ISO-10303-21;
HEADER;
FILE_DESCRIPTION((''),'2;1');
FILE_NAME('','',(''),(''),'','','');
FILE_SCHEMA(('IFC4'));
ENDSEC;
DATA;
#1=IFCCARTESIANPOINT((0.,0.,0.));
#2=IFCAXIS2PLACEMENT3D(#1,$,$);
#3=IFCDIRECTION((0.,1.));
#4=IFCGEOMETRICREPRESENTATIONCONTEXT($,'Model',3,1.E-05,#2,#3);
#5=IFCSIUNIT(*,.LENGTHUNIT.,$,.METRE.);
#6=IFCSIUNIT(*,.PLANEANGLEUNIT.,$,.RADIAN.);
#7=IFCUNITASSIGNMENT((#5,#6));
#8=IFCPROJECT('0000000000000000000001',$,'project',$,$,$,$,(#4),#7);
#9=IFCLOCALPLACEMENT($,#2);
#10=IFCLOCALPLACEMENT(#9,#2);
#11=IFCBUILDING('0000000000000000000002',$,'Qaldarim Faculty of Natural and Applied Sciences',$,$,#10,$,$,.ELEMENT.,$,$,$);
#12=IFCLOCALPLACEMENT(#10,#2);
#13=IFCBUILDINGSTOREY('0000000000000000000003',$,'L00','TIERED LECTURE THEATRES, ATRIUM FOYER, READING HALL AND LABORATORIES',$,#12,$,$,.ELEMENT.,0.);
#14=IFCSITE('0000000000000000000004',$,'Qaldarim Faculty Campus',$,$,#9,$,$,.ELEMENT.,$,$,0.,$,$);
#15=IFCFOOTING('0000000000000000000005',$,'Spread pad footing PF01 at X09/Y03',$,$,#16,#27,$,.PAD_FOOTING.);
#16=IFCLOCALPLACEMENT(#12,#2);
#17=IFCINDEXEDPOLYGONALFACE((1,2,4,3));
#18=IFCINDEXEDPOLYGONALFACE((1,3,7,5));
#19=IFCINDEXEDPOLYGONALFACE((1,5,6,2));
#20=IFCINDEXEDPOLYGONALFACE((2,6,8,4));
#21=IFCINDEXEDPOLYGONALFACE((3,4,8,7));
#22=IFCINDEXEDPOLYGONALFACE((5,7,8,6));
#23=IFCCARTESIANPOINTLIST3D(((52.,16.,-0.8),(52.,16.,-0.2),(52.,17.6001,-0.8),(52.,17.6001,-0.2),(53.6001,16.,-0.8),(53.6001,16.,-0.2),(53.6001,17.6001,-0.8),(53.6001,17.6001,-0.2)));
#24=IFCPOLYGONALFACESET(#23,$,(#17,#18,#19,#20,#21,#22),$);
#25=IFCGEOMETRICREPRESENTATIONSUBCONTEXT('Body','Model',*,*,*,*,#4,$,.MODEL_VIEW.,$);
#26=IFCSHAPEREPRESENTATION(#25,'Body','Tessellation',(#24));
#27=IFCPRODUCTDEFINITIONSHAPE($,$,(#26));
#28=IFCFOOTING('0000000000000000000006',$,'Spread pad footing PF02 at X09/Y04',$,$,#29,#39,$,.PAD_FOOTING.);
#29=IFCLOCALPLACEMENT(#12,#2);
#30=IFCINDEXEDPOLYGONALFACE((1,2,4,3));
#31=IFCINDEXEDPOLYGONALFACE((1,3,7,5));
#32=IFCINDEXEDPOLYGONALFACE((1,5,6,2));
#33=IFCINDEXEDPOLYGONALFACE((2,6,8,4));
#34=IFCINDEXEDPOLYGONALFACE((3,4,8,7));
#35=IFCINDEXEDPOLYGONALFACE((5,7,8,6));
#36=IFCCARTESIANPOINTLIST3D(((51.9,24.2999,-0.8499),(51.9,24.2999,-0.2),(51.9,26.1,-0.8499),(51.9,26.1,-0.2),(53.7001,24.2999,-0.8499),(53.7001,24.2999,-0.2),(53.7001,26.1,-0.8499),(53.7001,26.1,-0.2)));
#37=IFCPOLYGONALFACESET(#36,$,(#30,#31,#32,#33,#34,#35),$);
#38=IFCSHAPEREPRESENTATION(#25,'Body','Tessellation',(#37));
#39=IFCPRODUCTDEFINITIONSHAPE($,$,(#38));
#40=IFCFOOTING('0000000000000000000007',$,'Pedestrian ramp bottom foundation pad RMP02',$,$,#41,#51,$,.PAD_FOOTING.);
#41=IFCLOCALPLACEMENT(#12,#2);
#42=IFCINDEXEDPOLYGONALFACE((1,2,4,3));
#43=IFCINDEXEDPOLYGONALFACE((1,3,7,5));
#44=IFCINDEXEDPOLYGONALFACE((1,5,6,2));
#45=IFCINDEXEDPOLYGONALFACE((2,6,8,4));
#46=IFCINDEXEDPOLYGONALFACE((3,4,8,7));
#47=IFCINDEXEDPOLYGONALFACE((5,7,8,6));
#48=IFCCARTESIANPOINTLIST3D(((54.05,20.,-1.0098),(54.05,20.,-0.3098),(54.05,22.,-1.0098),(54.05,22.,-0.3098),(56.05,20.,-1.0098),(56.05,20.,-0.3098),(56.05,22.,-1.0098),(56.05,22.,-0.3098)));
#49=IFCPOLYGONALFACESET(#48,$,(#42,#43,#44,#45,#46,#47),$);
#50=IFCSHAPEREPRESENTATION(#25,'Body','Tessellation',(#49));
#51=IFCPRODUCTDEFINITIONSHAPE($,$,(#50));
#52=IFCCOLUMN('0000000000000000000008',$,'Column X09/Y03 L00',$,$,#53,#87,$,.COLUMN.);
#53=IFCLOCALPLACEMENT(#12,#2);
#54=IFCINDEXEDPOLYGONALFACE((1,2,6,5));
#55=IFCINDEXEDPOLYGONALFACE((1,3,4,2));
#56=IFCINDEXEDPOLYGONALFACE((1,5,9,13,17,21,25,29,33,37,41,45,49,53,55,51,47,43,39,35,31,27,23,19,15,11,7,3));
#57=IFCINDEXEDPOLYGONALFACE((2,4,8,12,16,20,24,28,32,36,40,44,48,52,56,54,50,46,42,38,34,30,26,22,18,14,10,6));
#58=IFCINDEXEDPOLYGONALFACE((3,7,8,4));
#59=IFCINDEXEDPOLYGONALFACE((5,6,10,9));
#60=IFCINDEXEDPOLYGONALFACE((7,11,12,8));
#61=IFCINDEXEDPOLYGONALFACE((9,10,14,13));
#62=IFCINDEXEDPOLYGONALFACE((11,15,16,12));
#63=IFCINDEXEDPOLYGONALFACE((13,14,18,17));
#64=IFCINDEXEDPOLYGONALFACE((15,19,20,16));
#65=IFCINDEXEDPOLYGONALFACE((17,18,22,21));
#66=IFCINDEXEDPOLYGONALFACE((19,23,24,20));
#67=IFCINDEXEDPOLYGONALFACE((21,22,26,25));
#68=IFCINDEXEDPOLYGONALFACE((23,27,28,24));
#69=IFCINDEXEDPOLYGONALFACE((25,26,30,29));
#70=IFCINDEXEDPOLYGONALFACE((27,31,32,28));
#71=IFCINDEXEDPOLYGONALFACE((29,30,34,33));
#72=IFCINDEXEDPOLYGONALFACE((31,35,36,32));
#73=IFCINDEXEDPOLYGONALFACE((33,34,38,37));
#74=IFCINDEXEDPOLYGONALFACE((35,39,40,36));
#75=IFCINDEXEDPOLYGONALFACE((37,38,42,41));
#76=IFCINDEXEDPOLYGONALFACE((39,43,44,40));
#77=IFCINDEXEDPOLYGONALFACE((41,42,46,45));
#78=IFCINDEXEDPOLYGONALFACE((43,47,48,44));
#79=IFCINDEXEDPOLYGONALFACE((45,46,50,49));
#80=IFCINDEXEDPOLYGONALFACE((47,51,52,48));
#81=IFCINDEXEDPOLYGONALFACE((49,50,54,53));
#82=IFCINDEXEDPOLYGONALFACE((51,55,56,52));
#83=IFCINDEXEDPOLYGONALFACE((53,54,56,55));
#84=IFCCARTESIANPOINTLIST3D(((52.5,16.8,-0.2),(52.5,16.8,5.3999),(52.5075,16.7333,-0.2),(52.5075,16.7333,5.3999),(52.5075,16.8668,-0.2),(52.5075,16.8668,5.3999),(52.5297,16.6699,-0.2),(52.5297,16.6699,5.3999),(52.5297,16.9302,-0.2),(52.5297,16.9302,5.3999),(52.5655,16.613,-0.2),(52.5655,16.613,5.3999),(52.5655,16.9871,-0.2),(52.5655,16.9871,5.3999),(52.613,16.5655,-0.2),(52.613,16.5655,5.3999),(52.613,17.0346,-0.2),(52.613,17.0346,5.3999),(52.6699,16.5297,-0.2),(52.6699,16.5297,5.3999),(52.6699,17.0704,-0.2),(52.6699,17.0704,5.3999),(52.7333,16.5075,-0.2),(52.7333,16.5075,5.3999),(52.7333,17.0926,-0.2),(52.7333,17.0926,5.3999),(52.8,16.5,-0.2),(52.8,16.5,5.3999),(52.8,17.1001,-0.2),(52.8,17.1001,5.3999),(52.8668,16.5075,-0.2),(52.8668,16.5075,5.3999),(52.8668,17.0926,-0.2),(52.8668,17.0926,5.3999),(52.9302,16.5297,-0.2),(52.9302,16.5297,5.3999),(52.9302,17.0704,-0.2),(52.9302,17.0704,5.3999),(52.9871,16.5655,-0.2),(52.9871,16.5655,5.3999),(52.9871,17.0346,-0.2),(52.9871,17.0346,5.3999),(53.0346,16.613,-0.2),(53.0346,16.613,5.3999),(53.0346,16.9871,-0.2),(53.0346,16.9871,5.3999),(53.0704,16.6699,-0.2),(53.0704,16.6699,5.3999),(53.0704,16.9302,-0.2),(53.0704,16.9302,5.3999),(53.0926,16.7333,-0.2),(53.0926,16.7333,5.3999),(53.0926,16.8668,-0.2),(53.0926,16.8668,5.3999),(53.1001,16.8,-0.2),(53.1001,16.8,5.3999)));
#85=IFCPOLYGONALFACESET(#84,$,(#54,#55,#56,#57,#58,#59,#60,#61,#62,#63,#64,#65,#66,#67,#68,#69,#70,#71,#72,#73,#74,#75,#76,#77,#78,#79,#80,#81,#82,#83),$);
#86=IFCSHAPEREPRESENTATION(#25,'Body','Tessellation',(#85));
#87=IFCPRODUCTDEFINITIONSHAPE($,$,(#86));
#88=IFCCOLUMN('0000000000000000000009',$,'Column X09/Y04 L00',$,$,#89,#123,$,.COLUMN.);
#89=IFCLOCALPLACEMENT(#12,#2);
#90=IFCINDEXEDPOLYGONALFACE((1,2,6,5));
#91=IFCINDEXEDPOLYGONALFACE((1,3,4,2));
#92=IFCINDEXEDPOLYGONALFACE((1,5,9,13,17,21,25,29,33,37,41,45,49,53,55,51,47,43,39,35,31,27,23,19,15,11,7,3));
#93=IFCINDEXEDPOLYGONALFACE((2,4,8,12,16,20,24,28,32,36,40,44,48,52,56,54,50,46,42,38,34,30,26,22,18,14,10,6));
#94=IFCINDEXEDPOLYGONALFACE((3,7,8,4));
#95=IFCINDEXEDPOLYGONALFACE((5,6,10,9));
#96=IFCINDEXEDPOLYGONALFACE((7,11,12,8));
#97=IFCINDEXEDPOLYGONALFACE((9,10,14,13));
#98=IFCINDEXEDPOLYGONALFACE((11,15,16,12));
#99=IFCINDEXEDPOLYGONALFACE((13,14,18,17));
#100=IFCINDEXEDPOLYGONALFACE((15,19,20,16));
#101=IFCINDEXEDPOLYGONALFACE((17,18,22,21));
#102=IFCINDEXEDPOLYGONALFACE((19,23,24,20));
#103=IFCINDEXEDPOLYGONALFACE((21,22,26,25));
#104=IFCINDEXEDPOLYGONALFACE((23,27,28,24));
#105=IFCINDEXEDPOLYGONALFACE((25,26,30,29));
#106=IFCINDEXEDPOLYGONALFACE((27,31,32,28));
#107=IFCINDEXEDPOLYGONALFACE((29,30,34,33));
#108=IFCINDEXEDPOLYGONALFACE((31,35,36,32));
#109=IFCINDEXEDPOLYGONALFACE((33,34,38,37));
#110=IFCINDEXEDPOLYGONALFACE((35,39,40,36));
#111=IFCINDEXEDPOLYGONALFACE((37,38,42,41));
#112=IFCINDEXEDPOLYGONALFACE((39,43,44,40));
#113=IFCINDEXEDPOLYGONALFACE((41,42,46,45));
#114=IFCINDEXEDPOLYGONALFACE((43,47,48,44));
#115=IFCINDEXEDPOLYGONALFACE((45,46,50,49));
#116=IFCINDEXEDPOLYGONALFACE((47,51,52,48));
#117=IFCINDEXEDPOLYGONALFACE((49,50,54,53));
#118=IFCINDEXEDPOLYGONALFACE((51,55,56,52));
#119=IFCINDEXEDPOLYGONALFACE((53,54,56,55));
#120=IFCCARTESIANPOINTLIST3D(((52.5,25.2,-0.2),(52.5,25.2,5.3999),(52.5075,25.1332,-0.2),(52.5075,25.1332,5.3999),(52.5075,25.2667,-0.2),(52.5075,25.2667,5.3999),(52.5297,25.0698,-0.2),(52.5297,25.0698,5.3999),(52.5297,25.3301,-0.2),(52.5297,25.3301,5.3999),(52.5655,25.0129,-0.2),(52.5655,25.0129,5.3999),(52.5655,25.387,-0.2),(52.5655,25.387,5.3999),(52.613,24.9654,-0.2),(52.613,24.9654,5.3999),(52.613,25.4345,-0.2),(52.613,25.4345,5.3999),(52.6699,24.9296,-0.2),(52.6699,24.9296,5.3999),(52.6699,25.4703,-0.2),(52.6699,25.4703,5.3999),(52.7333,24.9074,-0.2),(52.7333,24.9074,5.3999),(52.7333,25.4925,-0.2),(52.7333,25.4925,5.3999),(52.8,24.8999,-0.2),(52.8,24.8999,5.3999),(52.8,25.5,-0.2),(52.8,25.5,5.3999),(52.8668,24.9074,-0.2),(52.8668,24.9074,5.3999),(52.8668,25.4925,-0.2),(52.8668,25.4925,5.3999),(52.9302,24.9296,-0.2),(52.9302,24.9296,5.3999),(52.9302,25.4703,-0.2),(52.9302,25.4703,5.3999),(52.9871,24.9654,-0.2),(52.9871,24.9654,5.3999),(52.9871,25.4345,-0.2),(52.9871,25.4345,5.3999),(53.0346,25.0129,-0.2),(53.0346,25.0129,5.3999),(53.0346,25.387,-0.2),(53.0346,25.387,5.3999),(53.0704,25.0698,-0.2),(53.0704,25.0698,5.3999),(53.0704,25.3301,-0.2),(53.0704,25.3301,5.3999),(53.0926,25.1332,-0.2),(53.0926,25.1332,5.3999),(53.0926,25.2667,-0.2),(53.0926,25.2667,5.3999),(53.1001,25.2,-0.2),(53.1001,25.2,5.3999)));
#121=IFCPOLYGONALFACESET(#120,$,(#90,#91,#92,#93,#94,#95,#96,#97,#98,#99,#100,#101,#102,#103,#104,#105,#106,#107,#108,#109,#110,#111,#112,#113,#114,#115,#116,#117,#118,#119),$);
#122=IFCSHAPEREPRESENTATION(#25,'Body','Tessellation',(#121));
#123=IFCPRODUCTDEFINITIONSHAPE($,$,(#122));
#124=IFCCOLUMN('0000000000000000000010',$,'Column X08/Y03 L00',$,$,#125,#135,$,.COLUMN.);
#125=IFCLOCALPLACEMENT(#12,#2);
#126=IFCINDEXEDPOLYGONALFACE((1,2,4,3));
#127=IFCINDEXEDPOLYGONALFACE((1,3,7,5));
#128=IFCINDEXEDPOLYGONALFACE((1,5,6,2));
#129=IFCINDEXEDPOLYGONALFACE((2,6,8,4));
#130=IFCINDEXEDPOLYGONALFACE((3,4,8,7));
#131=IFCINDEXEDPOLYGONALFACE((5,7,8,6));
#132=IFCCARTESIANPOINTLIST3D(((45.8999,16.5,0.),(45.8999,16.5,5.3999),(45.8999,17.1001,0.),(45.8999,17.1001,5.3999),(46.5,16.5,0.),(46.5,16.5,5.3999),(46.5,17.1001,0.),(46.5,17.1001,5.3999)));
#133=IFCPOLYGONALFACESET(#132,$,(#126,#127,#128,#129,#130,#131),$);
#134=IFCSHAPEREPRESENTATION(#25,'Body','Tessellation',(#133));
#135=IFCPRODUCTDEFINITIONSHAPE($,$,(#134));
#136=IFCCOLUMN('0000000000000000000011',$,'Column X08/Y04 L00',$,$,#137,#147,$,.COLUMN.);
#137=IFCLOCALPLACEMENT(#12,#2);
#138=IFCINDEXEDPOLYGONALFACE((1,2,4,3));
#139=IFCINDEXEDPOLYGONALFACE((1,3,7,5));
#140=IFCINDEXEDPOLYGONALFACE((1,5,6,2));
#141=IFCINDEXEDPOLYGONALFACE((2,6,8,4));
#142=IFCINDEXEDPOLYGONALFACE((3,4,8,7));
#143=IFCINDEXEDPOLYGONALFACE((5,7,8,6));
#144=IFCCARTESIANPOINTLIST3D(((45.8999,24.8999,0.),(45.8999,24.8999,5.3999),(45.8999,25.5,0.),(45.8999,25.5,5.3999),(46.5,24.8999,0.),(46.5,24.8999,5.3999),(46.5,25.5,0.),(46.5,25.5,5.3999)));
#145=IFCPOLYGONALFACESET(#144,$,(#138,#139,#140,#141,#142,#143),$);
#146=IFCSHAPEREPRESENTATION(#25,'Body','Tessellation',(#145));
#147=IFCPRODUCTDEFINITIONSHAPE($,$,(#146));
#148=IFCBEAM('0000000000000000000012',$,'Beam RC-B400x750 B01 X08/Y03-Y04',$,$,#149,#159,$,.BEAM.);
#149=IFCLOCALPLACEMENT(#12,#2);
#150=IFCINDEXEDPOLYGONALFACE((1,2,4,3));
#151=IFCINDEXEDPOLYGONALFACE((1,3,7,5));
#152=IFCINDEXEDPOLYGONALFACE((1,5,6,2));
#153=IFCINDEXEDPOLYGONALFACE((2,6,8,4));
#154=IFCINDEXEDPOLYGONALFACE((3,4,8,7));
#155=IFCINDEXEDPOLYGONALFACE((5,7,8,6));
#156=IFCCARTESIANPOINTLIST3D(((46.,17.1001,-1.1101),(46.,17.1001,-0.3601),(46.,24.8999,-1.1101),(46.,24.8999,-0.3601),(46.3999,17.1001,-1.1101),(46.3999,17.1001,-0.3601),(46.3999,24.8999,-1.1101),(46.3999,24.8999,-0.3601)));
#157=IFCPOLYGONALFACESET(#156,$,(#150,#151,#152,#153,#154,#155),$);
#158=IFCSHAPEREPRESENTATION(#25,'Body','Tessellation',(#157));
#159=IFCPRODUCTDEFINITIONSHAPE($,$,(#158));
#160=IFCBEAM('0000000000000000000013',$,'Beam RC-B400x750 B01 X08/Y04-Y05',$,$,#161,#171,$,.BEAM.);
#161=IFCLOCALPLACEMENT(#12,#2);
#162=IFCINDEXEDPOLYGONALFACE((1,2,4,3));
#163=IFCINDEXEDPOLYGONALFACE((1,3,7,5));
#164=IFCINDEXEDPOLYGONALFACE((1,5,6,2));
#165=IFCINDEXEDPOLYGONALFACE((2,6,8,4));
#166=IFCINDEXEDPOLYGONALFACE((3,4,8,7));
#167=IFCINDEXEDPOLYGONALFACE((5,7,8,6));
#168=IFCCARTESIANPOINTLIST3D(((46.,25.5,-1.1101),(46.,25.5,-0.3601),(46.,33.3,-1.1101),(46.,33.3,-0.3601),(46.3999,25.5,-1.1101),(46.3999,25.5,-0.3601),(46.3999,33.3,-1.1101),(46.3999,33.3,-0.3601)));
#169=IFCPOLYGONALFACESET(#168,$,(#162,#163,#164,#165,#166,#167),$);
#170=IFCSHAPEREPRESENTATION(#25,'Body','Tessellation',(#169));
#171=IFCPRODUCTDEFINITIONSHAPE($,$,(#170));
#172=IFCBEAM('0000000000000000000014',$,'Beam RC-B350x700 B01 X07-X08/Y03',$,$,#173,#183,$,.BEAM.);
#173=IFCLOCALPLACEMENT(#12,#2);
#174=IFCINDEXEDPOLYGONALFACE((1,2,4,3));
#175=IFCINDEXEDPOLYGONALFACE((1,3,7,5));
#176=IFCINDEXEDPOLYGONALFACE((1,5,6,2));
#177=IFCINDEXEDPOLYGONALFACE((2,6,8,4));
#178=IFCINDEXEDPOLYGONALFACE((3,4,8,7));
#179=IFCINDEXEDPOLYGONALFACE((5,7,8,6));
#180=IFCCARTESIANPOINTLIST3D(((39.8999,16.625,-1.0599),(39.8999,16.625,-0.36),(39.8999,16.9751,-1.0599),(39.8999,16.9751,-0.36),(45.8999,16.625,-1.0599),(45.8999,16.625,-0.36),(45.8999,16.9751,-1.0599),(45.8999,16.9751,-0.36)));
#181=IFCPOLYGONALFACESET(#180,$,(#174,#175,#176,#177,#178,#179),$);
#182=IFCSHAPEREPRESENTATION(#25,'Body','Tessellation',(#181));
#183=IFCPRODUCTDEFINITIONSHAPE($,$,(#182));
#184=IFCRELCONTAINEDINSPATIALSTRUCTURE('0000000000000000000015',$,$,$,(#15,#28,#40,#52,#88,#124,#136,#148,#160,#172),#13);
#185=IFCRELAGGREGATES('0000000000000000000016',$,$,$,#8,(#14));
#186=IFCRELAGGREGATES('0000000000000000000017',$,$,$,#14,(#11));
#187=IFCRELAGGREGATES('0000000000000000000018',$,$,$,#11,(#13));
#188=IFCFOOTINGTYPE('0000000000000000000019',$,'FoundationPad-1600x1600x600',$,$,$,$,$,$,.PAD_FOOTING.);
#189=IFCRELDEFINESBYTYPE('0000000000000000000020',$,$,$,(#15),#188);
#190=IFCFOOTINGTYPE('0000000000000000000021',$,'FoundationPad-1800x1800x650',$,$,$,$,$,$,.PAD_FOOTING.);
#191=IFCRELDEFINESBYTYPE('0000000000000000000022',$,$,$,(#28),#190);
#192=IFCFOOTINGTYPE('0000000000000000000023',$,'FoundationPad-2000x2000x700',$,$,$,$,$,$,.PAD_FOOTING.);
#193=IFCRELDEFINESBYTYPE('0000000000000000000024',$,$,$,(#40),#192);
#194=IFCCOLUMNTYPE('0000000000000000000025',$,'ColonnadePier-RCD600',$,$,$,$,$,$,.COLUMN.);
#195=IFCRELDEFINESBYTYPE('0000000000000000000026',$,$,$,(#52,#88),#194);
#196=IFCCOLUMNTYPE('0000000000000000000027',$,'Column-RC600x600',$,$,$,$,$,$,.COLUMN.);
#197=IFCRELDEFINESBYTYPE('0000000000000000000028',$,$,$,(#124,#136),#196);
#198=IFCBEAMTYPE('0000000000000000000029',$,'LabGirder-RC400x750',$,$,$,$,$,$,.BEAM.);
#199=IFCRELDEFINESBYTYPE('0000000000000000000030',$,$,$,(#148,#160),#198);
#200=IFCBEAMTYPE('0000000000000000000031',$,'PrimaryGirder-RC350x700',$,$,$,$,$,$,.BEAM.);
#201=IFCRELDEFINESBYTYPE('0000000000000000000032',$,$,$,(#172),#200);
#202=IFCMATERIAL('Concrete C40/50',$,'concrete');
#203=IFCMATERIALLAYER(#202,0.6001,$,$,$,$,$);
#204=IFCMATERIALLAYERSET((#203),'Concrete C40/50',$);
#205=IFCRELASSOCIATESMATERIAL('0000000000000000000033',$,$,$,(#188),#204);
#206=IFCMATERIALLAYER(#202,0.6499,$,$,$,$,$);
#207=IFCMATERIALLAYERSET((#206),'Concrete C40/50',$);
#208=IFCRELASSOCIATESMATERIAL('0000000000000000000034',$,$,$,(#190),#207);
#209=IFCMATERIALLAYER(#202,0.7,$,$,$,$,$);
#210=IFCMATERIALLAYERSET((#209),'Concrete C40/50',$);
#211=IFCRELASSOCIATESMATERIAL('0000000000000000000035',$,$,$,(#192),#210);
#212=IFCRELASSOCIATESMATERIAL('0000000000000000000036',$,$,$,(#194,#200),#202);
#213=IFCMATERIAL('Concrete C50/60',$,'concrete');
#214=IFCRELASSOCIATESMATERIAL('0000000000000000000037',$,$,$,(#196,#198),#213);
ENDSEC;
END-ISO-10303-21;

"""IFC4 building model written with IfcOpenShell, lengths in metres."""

from ifc_helpers import new_model, si_unit, direction, frame, origin, origin_2d, place, context, subcontext, project, spatial, rectangle, circle, extrude, material, layer, layer_set, material_profile, profile_set, type_object, element, save


model = new_model("IFC4")

# Units and contexts
model_context = context("Model", 3, precision=1e-05, world=origin(), true_north=direction((0.0, 1.0)))
body_context = subcontext(model_context, "Body", "Model", "MODEL_VIEW")
ifc_project = project(units=[si_unit("LENGTHUNIT", "METRE"), si_unit("PLANEANGLEUNIT", "RADIAN")], contexts=[model_context])

# Site, building, storey
site_placement = place(None, origin())
site = spatial("IfcSite", under=ifc_project, at=site_placement, Name="Qaldarim Faculty Campus", CompositionType="ELEMENT", RefElevation=0.0)
building_placement = place(site_placement, origin())
building = spatial("IfcBuilding", under=site, at=building_placement, Name="Qaldarim Faculty of Natural and Applied Sciences", CompositionType="ELEMENT")
storey_placement = place(building_placement, origin())
storey = spatial("IfcBuildingStorey", under=building, at=storey_placement, Name="L00", Description="TIERED LECTURE THEATRES, ATRIUM FOYER, READING HALL AND LABORATORIES", CompositionType="ELEMENT", Elevation=0.0)

# Footings
ifc_material_1 = material(Name="Concrete C40/50", Category="concrete")
ifc_layer_1 = layer(ifc_material_1, 0.6001)
ifc_layer_set_1 = layer_set([ifc_layer_1], Name="Concrete C40/50")
footing_type_1 = type_object("IfcFootingType", Name="FoundationPad-1600x1600x600", PredefinedType="PAD_FOOTING", material=ifc_layer_set_1)
footing_1_placement = place(storey_placement, frame((52.8, 16.8, -0.8), z_axis=(0.0, 0.0, 1.0), x_axis=(1.0, 0.0, 0.0)))
element("IfcFooting", 1, at=footing_1_placement, inside=storey, type_object=footing_type_1, Name="Spread pad footing PF01 at X09/Y03", PredefinedType="PAD_FOOTING", context=body_context, shape_type="SweptSolid", body=[
    extrude(rectangle(XDim=1.6001, YDim=1.6001, at=origin_2d()), origin(), (0.0, 0.0, 1.0), 0.6001),
])
ifc_layer_2 = layer(ifc_material_1, 0.6499)
ifc_layer_set_2 = layer_set([ifc_layer_2], Name="Concrete C40/50")
footing_type_2 = type_object("IfcFootingType", Name="FoundationPad-1800x1800x650", PredefinedType="PAD_FOOTING", material=ifc_layer_set_2)
footing_2_placement = place(storey_placement, frame((52.8, 25.2, -0.8499), z_axis=(0.0, 0.0, 1.0), x_axis=(1.0, 0.0, 0.0)))
element("IfcFooting", 2, at=footing_2_placement, inside=storey, type_object=footing_type_2, Name="Spread pad footing PF02 at X09/Y04", PredefinedType="PAD_FOOTING", context=body_context, shape_type="SweptSolid", body=[
    extrude(rectangle(XDim=1.8, YDim=1.8, at=origin_2d()), origin(), (0.0, 0.0, 1.0), 0.6499),
])
ifc_layer_3 = layer(ifc_material_1, 0.7)
ifc_layer_set_3 = layer_set([ifc_layer_3], Name="Concrete C40/50")
footing_type_3 = type_object("IfcFootingType", Name="FoundationPad-2000x2000x700", PredefinedType="PAD_FOOTING", material=ifc_layer_set_3)
footing_3_placement = place(storey_placement, frame((55.05, 21.0, -1.0098), z_axis=(0.0, 0.0, 1.0), x_axis=(-1.0, 0.0, 0.0)))
element("IfcFooting", 3, at=footing_3_placement, inside=storey, type_object=footing_type_3, Name="Pedestrian ramp bottom foundation pad RMP02", PredefinedType="PAD_FOOTING", context=body_context, shape_type="SweptSolid", body=[
    extrude(rectangle(XDim=2.0, YDim=2.0, at=origin_2d()), origin(), (0.0, 0.0, 1.0), 0.7),
])

# Columns
ifc_material_profile_1 = material_profile(ifc_material_1, circle(Radius=0.3, at=origin_2d()), Name="RC-D600")
ifc_profile_set_1 = profile_set([ifc_material_profile_1], Name="Concrete C40/50")
column_type_1 = type_object("IfcColumnType", Name="ColonnadePier-RCD600", PredefinedType="COLUMN", material=ifc_profile_set_1)
for number, where, z_axis, x_axis, name in (
    (4, (52.8, 16.8, -0.2), (0.0, 0.0, 1.0), (1.0, 0.0, 0.0), "Column X09/Y03 L00"),
    (5, (52.8, 25.2, -0.2), (0.0, 0.0, 1.0), (1.0, 0.0, 0.0), "Column X09/Y04 L00"),
):
    element("IfcColumn", number, at=place(storey_placement, frame(where, z_axis=z_axis, x_axis=x_axis)), inside=storey, type_object=column_type_1, Name=name, PredefinedType="COLUMN", context=body_context, shape_type="SweptSolid", body=[
        extrude(circle(Radius=0.3, at=origin_2d()), origin(), (0.0, 0.0, 1.0), 5.5999),
    ])
ifc_material_2 = material(Name="Concrete C50/60", Category="concrete")
ifc_material_profile_2 = material_profile(ifc_material_2, rectangle(XDim=0.6001, YDim=0.6001, at=origin_2d()), Name="RC-C600x600")
ifc_profile_set_2 = profile_set([ifc_material_profile_2], Name="Concrete C50/60")
column_type_2 = type_object("IfcColumnType", Name="Column-RC600x600", PredefinedType="COLUMN", material=ifc_profile_set_2)
for number, where, z_axis, x_axis, name in (
    (6, (46.2, 16.8, 0.0), (0.0, 0.0, 1.0), (1.0, 0.0, 0.0), "Column X08/Y03 L00"),
    (7, (46.2, 25.2, 0.0), (0.0, 0.0, 1.0), (1.0, 0.0, 0.0), "Column X08/Y04 L00"),
):
    element("IfcColumn", number, at=place(storey_placement, frame(where, z_axis=z_axis, x_axis=x_axis)), inside=storey, type_object=column_type_2, Name=name, PredefinedType="COLUMN", context=body_context, shape_type="SweptSolid", body=[
        extrude(rectangle(XDim=0.6001, YDim=0.6001, at=origin_2d()), origin(), (0.0, 0.0, 1.0), 5.3999),
    ])

# Beams
ifc_material_profile_3 = material_profile(ifc_material_2, rectangle(XDim=0.3999, YDim=0.75, at=origin_2d()), Name="RC-B400x750")
ifc_profile_set_3 = profile_set([ifc_material_profile_3], Name="Concrete C50/60")
beam_type_1 = type_object("IfcBeamType", Name="LabGirder-RC400x750", PredefinedType="BEAM", material=ifc_profile_set_3)
beam_1_placement = place(storey_placement, frame((46.2, 17.1001, -0.7351), z_axis=(0.0, 1.0, 0.0), x_axis=(-1.0, 0.0, 0.0)))
element("IfcBeam", 8, at=beam_1_placement, inside=storey, type_object=beam_type_1, Name="Beam RC-B400x750 B01 X08/Y03-Y04", PredefinedType="BEAM", context=body_context, shape_type="SweptSolid", body=[
    extrude(rectangle(XDim=0.3999, YDim=0.75, at=origin_2d()), origin(), (0.0, 0.0, 1.0), 7.7998),
])
beam_2_placement = place(storey_placement, frame((46.2, 25.5, -0.7351), z_axis=(0.0, 1.0, 0.0), x_axis=(-1.0, 0.0, 0.0)))
element("IfcBeam", 9, at=beam_2_placement, inside=storey, type_object=beam_type_1, Name="Beam RC-B400x750 B01 X08/Y04-Y05", PredefinedType="BEAM", context=body_context, shape_type="SweptSolid", body=[
    extrude(rectangle(XDim=0.3999, YDim=0.75, at=origin_2d()), origin(), (0.0, 0.0, 1.0), 7.8),
])
ifc_material_profile_4 = material_profile(ifc_material_1, rectangle(XDim=0.3501, YDim=0.7, at=origin_2d()), Name="RC-B350x700")
ifc_profile_set_4 = profile_set([ifc_material_profile_4], Name="Concrete C40/50")
beam_type_2 = type_object("IfcBeamType", Name="PrimaryGirder-RC350x700", PredefinedType="BEAM", material=ifc_profile_set_4)
beam_3_placement = place(storey_placement, frame((39.8999, 16.8, -0.71), z_axis=(1.0, 0.0, 0.0), x_axis=(0.0, 1.0, 0.0)))
element("IfcBeam", 10, at=beam_3_placement, inside=storey, type_object=beam_type_2, Name="Beam RC-B350x700 B01 X07-X08/Y03", PredefinedType="BEAM", context=body_context, shape_type="SweptSolid", body=[
    extrude(rectangle(XDim=0.3501, YDim=0.7, at=origin_2d()), origin(), (0.0, 0.0, 1.0), 6.0),
])

save(model, "model.ifc")
